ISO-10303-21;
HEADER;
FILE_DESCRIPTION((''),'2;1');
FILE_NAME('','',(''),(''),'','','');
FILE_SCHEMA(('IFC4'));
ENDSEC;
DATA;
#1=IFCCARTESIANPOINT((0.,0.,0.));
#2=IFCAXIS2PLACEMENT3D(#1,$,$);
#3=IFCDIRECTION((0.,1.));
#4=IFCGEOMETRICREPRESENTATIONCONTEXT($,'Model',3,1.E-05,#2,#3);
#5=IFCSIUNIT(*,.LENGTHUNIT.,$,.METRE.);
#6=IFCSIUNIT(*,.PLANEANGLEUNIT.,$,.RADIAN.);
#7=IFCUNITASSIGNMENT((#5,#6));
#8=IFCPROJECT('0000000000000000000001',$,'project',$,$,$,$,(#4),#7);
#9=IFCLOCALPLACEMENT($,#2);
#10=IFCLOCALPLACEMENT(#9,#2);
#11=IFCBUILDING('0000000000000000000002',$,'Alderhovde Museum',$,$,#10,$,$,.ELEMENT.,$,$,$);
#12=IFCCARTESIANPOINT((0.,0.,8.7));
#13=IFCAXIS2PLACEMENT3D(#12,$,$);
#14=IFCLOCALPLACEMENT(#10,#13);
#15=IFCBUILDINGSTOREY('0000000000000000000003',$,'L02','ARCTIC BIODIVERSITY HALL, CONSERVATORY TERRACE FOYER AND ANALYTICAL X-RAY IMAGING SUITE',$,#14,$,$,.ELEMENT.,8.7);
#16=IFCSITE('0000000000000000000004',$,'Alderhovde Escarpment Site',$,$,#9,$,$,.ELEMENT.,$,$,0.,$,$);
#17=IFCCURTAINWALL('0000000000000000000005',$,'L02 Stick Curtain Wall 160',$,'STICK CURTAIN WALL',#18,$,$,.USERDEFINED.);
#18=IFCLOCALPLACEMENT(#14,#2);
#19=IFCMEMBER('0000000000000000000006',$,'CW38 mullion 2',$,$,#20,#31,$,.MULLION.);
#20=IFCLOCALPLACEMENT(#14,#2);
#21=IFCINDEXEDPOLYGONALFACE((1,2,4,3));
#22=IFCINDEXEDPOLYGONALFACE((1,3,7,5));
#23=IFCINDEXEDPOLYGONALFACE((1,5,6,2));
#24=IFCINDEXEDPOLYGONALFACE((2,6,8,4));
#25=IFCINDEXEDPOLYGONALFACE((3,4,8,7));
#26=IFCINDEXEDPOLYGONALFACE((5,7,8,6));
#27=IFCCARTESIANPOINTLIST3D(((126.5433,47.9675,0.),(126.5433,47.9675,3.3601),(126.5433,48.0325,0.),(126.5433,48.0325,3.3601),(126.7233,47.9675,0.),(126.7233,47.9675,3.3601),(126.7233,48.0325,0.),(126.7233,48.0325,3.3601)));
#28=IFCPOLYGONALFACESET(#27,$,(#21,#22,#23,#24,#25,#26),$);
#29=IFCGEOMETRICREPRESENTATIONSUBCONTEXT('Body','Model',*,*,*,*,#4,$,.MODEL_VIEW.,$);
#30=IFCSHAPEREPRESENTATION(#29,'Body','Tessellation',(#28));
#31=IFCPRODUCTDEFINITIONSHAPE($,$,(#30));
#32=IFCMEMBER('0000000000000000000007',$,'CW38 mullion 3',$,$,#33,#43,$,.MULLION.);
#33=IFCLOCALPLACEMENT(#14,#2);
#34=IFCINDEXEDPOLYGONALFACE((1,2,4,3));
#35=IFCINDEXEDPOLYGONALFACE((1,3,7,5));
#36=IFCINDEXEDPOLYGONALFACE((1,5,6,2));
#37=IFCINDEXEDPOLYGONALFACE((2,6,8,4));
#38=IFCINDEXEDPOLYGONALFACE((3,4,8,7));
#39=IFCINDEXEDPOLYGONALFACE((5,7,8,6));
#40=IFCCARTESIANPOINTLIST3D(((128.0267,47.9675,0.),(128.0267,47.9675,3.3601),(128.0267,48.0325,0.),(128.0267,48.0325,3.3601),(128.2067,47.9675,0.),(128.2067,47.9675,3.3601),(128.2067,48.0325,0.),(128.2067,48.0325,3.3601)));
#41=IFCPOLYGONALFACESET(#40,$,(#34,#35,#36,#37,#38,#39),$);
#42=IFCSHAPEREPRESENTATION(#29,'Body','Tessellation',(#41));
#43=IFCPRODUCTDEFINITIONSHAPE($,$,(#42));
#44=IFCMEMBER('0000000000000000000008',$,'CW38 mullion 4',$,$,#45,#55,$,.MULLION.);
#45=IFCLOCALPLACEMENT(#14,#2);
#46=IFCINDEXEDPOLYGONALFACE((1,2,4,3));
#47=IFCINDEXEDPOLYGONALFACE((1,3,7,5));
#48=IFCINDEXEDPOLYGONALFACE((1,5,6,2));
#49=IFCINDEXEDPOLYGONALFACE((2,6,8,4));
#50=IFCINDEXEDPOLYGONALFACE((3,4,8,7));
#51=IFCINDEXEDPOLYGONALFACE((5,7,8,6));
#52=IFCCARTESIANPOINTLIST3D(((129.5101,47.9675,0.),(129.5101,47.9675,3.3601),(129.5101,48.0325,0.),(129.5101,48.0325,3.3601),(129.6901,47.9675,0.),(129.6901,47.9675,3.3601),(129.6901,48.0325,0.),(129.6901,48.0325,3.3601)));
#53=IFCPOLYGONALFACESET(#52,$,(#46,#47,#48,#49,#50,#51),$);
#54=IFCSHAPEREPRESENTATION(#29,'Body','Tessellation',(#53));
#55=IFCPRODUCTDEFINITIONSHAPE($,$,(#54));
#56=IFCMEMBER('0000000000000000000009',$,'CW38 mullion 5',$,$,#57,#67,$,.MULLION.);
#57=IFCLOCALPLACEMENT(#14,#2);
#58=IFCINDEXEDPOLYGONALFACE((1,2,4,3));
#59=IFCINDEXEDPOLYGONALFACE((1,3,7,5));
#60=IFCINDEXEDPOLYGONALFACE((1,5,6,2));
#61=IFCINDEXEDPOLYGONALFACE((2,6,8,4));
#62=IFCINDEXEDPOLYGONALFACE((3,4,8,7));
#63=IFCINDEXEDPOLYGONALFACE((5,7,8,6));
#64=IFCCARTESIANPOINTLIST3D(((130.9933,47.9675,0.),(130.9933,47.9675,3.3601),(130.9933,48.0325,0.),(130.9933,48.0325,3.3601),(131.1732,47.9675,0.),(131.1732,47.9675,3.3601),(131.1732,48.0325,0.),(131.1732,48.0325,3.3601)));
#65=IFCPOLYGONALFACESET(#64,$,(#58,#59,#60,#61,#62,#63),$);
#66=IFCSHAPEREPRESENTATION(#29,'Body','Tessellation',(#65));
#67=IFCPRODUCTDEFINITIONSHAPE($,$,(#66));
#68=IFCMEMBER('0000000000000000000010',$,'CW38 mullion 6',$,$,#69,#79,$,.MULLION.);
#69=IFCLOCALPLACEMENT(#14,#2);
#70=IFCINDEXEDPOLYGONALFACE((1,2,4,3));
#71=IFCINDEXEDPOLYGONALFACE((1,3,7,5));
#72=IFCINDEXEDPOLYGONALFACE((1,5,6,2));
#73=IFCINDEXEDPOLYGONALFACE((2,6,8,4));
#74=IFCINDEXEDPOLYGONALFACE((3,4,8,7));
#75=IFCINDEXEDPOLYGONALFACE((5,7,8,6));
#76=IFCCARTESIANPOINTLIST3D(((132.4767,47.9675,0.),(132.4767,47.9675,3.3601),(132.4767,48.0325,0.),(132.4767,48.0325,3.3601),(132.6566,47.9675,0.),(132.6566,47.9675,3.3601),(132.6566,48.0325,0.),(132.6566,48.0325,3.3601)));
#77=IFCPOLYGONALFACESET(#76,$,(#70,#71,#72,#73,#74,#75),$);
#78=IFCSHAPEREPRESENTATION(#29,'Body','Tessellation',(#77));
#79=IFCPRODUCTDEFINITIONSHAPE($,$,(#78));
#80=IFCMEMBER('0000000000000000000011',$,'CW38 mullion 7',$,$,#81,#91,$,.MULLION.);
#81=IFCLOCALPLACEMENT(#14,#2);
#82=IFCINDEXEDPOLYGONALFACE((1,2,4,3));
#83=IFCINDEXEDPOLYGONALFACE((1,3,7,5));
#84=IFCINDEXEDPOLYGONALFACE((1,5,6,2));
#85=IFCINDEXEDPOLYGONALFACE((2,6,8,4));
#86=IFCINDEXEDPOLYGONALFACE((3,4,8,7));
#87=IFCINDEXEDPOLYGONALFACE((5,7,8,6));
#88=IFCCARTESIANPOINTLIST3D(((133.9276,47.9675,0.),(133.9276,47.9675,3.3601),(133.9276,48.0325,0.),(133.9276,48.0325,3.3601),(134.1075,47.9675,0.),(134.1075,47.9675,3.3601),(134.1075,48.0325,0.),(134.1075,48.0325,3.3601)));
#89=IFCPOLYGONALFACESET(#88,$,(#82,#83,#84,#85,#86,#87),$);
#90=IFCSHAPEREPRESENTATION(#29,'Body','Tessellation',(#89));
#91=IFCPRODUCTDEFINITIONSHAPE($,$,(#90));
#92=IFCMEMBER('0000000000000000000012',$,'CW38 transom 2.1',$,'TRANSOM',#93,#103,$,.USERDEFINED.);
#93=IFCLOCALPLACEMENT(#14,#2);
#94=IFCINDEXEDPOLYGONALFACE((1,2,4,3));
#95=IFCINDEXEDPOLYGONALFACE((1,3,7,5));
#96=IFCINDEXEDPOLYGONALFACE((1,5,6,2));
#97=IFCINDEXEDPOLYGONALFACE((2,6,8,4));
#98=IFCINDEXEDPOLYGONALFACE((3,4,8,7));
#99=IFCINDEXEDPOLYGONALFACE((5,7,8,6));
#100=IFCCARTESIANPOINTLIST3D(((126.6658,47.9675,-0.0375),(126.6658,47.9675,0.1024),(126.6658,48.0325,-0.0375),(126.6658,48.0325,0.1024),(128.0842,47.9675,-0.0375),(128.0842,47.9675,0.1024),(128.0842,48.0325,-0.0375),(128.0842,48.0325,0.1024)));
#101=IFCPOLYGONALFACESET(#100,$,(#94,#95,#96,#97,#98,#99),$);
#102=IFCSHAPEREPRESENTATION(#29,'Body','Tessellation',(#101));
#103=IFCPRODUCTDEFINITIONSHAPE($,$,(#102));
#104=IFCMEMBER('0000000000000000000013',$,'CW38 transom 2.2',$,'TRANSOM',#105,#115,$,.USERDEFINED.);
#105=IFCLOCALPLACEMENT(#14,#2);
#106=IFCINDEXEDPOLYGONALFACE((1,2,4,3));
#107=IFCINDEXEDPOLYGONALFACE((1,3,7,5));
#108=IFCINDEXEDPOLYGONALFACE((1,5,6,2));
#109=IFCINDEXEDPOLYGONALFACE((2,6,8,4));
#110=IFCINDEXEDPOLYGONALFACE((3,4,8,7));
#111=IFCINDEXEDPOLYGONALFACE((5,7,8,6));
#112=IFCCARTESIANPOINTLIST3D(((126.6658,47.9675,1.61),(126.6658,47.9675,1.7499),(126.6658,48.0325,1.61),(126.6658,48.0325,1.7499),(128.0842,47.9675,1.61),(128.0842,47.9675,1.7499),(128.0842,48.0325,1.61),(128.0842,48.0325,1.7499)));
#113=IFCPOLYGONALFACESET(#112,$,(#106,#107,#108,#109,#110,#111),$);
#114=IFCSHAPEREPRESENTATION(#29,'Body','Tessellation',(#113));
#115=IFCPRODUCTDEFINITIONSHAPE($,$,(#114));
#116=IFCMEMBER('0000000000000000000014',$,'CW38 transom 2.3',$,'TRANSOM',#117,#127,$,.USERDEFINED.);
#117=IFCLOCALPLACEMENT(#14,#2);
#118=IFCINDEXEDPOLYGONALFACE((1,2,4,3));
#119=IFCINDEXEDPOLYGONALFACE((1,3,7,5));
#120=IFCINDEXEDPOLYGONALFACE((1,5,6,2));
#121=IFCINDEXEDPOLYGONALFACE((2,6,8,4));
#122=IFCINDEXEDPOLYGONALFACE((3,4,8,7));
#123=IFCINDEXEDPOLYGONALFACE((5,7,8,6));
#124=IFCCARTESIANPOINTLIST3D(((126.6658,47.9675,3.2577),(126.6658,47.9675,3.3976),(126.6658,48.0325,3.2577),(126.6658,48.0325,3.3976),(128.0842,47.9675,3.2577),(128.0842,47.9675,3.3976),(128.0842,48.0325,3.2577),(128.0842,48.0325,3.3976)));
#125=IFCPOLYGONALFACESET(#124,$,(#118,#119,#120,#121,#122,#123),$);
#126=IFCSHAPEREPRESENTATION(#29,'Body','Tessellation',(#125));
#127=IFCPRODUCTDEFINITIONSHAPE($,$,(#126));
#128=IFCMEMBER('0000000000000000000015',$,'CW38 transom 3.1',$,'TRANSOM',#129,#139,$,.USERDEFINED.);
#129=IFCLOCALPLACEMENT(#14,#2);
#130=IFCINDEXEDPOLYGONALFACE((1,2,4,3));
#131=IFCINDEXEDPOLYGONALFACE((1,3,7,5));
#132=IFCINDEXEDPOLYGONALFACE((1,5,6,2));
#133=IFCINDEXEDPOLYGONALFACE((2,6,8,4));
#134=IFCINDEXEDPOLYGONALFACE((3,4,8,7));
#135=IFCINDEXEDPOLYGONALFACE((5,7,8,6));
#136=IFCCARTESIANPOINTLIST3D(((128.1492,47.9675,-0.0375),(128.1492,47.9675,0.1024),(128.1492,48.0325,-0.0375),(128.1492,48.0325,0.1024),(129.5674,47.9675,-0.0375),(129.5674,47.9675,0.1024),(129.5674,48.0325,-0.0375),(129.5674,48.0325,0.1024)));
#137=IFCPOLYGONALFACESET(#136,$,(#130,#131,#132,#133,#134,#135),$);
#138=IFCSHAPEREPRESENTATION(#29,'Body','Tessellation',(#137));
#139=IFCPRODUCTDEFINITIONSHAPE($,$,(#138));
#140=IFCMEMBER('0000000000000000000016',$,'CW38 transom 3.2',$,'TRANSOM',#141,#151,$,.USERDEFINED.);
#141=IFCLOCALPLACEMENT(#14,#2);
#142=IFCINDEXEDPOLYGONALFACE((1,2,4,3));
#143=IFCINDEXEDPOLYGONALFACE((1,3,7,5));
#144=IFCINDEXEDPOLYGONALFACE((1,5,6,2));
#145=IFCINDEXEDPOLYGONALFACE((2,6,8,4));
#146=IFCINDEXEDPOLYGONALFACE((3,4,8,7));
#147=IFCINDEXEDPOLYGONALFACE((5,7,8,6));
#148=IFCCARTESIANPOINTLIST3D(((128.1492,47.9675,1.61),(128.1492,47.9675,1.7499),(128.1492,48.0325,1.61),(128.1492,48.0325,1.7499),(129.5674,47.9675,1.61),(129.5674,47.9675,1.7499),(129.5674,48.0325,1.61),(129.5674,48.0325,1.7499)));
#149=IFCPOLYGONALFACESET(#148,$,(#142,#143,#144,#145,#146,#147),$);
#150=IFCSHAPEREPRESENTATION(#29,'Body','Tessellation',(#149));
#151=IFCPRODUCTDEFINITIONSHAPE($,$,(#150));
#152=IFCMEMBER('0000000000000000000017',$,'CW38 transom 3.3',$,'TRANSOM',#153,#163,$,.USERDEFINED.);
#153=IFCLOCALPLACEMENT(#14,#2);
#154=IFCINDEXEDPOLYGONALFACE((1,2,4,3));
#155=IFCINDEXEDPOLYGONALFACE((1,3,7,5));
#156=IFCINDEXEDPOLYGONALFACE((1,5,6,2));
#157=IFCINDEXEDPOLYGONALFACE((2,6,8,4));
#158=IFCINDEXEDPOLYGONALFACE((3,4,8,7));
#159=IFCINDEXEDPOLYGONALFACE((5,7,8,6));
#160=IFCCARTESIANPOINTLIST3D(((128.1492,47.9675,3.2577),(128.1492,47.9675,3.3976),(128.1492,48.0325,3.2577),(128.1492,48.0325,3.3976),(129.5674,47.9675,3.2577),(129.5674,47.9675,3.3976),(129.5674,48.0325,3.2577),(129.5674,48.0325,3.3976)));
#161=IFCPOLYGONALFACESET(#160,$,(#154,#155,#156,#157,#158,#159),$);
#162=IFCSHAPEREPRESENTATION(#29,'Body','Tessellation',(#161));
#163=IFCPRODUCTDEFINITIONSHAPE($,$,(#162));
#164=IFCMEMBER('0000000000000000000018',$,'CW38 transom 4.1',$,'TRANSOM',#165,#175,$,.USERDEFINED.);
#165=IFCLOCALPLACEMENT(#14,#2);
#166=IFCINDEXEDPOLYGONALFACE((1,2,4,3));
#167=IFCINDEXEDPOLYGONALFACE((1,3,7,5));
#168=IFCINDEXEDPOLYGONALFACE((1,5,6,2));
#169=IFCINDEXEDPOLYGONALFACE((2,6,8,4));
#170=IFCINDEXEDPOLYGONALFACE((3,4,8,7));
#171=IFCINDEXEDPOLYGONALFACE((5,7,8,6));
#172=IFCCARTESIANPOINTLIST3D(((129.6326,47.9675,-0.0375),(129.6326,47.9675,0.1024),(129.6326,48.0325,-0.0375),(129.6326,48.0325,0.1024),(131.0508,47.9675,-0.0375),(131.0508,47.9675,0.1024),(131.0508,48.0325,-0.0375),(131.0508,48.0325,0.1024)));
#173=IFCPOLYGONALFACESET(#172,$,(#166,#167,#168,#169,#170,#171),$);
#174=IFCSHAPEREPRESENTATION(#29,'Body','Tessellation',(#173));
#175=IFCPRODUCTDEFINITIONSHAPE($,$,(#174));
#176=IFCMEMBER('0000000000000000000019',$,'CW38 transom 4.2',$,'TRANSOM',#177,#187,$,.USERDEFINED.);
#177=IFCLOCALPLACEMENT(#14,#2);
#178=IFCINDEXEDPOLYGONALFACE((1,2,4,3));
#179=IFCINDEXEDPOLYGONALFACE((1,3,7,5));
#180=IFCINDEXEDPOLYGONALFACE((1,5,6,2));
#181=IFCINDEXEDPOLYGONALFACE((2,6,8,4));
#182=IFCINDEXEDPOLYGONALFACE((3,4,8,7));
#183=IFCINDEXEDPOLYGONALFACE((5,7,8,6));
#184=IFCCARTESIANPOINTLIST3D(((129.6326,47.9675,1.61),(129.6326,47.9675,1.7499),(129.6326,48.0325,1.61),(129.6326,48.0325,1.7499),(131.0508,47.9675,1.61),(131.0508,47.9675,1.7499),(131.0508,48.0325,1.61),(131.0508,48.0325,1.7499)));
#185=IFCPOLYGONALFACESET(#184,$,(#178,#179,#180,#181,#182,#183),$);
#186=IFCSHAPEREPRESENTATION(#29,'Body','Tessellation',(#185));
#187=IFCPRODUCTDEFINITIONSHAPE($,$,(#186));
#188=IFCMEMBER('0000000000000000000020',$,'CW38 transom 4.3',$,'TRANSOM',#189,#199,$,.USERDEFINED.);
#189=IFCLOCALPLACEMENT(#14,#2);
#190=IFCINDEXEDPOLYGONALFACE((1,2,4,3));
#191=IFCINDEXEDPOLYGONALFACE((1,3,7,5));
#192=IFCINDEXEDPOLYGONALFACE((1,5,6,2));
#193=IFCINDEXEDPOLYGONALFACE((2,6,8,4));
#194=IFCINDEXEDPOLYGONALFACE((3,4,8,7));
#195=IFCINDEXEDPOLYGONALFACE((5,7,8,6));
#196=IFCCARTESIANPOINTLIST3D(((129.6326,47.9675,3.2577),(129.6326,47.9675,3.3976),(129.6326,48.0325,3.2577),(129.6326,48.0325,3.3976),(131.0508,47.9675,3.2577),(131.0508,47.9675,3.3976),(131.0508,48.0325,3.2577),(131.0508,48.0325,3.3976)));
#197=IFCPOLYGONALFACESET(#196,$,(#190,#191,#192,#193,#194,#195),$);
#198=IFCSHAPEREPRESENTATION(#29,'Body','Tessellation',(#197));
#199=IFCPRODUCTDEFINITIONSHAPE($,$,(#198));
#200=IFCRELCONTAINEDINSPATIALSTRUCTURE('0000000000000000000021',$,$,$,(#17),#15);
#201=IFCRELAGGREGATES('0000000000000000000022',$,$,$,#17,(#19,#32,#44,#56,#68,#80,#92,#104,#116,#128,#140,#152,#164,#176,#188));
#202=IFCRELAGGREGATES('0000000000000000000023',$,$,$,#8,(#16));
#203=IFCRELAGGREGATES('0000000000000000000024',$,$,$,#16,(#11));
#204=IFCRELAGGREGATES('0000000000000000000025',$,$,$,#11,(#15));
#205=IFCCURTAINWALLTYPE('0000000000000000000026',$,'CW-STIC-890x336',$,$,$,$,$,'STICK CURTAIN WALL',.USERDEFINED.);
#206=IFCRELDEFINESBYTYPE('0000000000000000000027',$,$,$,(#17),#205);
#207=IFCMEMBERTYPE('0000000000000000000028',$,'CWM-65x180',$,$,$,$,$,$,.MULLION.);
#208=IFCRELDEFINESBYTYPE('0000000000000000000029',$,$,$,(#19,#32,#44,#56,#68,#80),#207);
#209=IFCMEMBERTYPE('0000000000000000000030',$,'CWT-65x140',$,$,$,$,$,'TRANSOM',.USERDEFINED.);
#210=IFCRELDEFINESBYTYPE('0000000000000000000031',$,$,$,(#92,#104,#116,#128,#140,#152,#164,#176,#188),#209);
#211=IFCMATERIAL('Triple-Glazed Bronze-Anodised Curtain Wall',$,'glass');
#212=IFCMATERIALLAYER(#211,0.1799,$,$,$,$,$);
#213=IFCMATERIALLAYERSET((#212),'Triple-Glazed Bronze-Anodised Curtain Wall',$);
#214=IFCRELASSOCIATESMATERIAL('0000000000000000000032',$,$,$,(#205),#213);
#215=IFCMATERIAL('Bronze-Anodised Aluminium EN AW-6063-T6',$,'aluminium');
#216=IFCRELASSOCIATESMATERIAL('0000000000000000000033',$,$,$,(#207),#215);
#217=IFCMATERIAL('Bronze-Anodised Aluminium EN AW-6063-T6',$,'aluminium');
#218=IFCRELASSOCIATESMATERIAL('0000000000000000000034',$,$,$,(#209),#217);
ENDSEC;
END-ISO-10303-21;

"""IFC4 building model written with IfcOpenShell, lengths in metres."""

from ifc_helpers import new_model, si_unit, direction, frame, origin, origin_2d, place, context, subcontext, project, spatial, rectangle, extrude, material, layer, layer_set, material_profile, profile_set, type_object, element, aggregate, save


model = new_model("IFC4")

# Units and contexts
model_context = context("Model", 3, precision=1e-05, world=origin(), true_north=direction((0.0, 1.0)))
body_context = subcontext(model_context, "Body", "Model", "MODEL_VIEW")
ifc_project = project(units=[si_unit("LENGTHUNIT", "METRE"), si_unit("PLANEANGLEUNIT", "RADIAN")], contexts=[model_context])

# Site, building, storey
site_placement = place(None, origin())
site = spatial("IfcSite", under=ifc_project, at=site_placement, Name="Alderhovde Escarpment Site", CompositionType="ELEMENT", RefElevation=0.0)
building_placement = place(site_placement, origin())
building = spatial("IfcBuilding", under=site, at=building_placement, Name="Alderhovde Museum", CompositionType="ELEMENT")
storey_placement = place(building_placement, frame((0.0, 0.0, 8.7)))
storey = spatial("IfcBuildingStorey", under=building, at=storey_placement, Name="L02", Description="ARCTIC BIODIVERSITY HALL, CONSERVATORY TERRACE FOYER AND ANALYTICAL X-RAY IMAGING SUITE", CompositionType="ELEMENT", Elevation=8.7)

# Curtain wall, members
ifc_material_1 = material(Name="Triple-Glazed Bronze-Anodised Curtain Wall", Category="glass")
ifc_layer_1 = layer(ifc_material_1, 0.1799)
ifc_layer_set_1 = layer_set([ifc_layer_1], Name="Triple-Glazed Bronze-Anodised Curtain Wall")
curtain_wall_type = type_object("IfcCurtainWallType", Name="CW-STIC-890x336", ElementType="STICK CURTAIN WALL", PredefinedType="USERDEFINED", material=ifc_layer_set_1)
curtain_wall_placement = place(storey_placement, origin())
curtain_wall = element("IfcCurtainWall", 1, at=curtain_wall_placement, inside=storey, type_object=curtain_wall_type, Name="L02 Stick Curtain Wall 160", ObjectType="STICK CURTAIN WALL", PredefinedType="USERDEFINED")
ifc_material_2 = material(Name="Bronze-Anodised Aluminium EN AW-6063-T6", Category="aluminium")
ifc_material_profile_1 = material_profile(ifc_material_2, rectangle(XDim=0.0649, YDim=0.1799, at=origin_2d()), Name="MULLION 65x180")
ifc_profile_set_1 = profile_set([ifc_material_profile_1], Name="Bronze-Anodised Aluminium EN AW-6063-T6")
member_type_1 = type_object("IfcMemberType", Name="CWM-65x180", PredefinedType="MULLION", material=ifc_profile_set_1)
member_1_placement = place(storey_placement, frame((126.6333, 48.0, 0.0), z_axis=(0.0, 0.0, 1.0), x_axis=(0.0, 1.0, 0.0)))
member_1 = element("IfcMember", 2, at=member_1_placement, type_object=member_type_1, Name="CW38 mullion 2", PredefinedType="MULLION", context=body_context, shape_type="SweptSolid", body=[
    extrude(rectangle(XDim=0.0649, YDim=0.1799, at=origin_2d()), origin(), (0.0, 0.0, 1.0), 3.3601),
])
member_2_placement = place(storey_placement, frame((128.1167, 48.0, 0.0), z_axis=(0.0, 0.0, 1.0), x_axis=(0.0, 1.0, 0.0)))
member_2 = element("IfcMember", 3, at=member_2_placement, type_object=member_type_1, Name="CW38 mullion 3", PredefinedType="MULLION", context=body_context, shape_type="SweptSolid", body=[
    extrude(rectangle(XDim=0.0649, YDim=0.1799, at=origin_2d()), origin(), (0.0, 0.0, 1.0), 3.3601),
])
member_3_placement = place(storey_placement, frame((129.6001, 48.0, 0.0), z_axis=(0.0, 0.0, 1.0), x_axis=(0.0, 1.0, 0.0)))
member_3 = element("IfcMember", 4, at=member_3_placement, type_object=member_type_1, Name="CW38 mullion 4", PredefinedType="MULLION", context=body_context, shape_type="SweptSolid", body=[
    extrude(rectangle(XDim=0.0649, YDim=0.1799, at=origin_2d()), origin(), (0.0, 0.0, 1.0), 3.3601),
])
member_4_placement = place(storey_placement, frame((131.0833, 48.0, 0.0), z_axis=(0.0, 0.0, 1.0), x_axis=(0.0, 1.0, 0.0)))
member_4 = element("IfcMember", 5, at=member_4_placement, type_object=member_type_1, Name="CW38 mullion 5", PredefinedType="MULLION", context=body_context, shape_type="SweptSolid", body=[
    extrude(rectangle(XDim=0.0649, YDim=0.1799, at=origin_2d()), origin(), (0.0, 0.0, 1.0), 3.3601),
])
member_5_placement = place(storey_placement, frame((132.5667, 48.0, 0.0), z_axis=(0.0, 0.0, 1.0), x_axis=(0.0, 1.0, 0.0)))
member_5 = element("IfcMember", 6, at=member_5_placement, type_object=member_type_1, Name="CW38 mullion 6", PredefinedType="MULLION", context=body_context, shape_type="SweptSolid", body=[
    extrude(rectangle(XDim=0.0649, YDim=0.1799, at=origin_2d()), origin(), (0.0, 0.0, 1.0), 3.3601),
])
member_6_placement = place(storey_placement, frame((134.0176, 48.0, 0.0), z_axis=(0.0, 0.0, 1.0), x_axis=(0.0, 1.0, 0.0)))
member_6 = element("IfcMember", 7, at=member_6_placement, type_object=member_type_1, Name="CW38 mullion 7", PredefinedType="MULLION", context=body_context, shape_type="SweptSolid", body=[
    extrude(rectangle(XDim=0.0649, YDim=0.1799, at=origin_2d()), origin(), (0.0, 0.0, 1.0), 3.3601),
])
ifc_material_3 = material(Name="Bronze-Anodised Aluminium EN AW-6063-T6", Category="aluminium")
ifc_material_profile_2 = material_profile(ifc_material_3, rectangle(XDim=0.0649, YDim=0.1399, at=origin_2d()), Name="TRANSOM 65x140")
ifc_profile_set_2 = profile_set([ifc_material_profile_2], Name="Bronze-Anodised Aluminium EN AW-6063-T6")
member_type_2 = type_object("IfcMemberType", Name="CWT-65x140", ElementType="TRANSOM", PredefinedType="USERDEFINED", material=ifc_profile_set_2)
member_7_placement = place(storey_placement, frame((126.6658, 48.0, 0.0325), z_axis=(1.0, 0.0, 0.0), x_axis=(0.0, 1.0, 0.0)))
member_7 = element("IfcMember", 8, at=member_7_placement, type_object=member_type_2, Name="CW38 transom 2.1", ObjectType="TRANSOM", PredefinedType="USERDEFINED", context=body_context, shape_type="SweptSolid", body=[
    extrude(rectangle(XDim=0.0649, YDim=0.1399, at=origin_2d()), origin(), (0.0, 0.0, 1.0), 1.4185),
])
member_8_placement = place(storey_placement, frame((126.6658, 48.0, 1.6799), z_axis=(1.0, 0.0, 0.0), x_axis=(0.0, 1.0, 0.0)))
member_8 = element("IfcMember", 9, at=member_8_placement, type_object=member_type_2, Name="CW38 transom 2.2", ObjectType="TRANSOM", PredefinedType="USERDEFINED", context=body_context, shape_type="SweptSolid", body=[
    extrude(rectangle(XDim=0.0649, YDim=0.1399, at=origin_2d()), origin(), (0.0, 0.0, 1.0), 1.4185),
])
member_9_placement = place(storey_placement, frame((126.6658, 48.0, 3.3276), z_axis=(1.0, 0.0, 0.0), x_axis=(0.0, 1.0, 0.0)))
member_9 = element("IfcMember", 10, at=member_9_placement, type_object=member_type_2, Name="CW38 transom 2.3", ObjectType="TRANSOM", PredefinedType="USERDEFINED", context=body_context, shape_type="SweptSolid", body=[
    extrude(rectangle(XDim=0.0649, YDim=0.1399, at=origin_2d()), origin(), (0.0, 0.0, 1.0), 1.4185),
])
member_10_placement = place(storey_placement, frame((128.1492, 48.0, 0.0325), z_axis=(1.0, 0.0, 0.0), x_axis=(0.0, 1.0, 0.0)))
member_10 = element("IfcMember", 11, at=member_10_placement, type_object=member_type_2, Name="CW38 transom 3.1", ObjectType="TRANSOM", PredefinedType="USERDEFINED", context=body_context, shape_type="SweptSolid", body=[
    extrude(rectangle(XDim=0.0649, YDim=0.1399, at=origin_2d()), origin(), (0.0, 0.0, 1.0), 1.4182),
])
member_11_placement = place(storey_placement, frame((128.1492, 48.0, 1.6799), z_axis=(1.0, 0.0, 0.0), x_axis=(0.0, 1.0, 0.0)))
member_11 = element("IfcMember", 12, at=member_11_placement, type_object=member_type_2, Name="CW38 transom 3.2", ObjectType="TRANSOM", PredefinedType="USERDEFINED", context=body_context, shape_type="SweptSolid", body=[
    extrude(rectangle(XDim=0.0649, YDim=0.1399, at=origin_2d()), origin(), (0.0, 0.0, 1.0), 1.4182),
])
member_12_placement = place(storey_placement, frame((128.1492, 48.0, 3.3276), z_axis=(1.0, 0.0, 0.0), x_axis=(0.0, 1.0, 0.0)))
member_12 = element("IfcMember", 13, at=member_12_placement, type_object=member_type_2, Name="CW38 transom 3.3", ObjectType="TRANSOM", PredefinedType="USERDEFINED", context=body_context, shape_type="SweptSolid", body=[
    extrude(rectangle(XDim=0.0649, YDim=0.1399, at=origin_2d()), origin(), (0.0, 0.0, 1.0), 1.4182),
])
member_13_placement = place(storey_placement, frame((129.6326, 48.0, 0.0325), z_axis=(1.0, 0.0, 0.0), x_axis=(0.0, 1.0, 0.0)))
member_13 = element("IfcMember", 14, at=member_13_placement, type_object=member_type_2, Name="CW38 transom 4.1", ObjectType="TRANSOM", PredefinedType="USERDEFINED", context=body_context, shape_type="SweptSolid", body=[
    extrude(rectangle(XDim=0.0649, YDim=0.1399, at=origin_2d()), origin(), (0.0, 0.0, 1.0), 1.4182),
])
member_14_placement = place(storey_placement, frame((129.6326, 48.0, 1.6799), z_axis=(1.0, 0.0, 0.0), x_axis=(0.0, 1.0, 0.0)))
member_14 = element("IfcMember", 15, at=member_14_placement, type_object=member_type_2, Name="CW38 transom 4.2", ObjectType="TRANSOM", PredefinedType="USERDEFINED", context=body_context, shape_type="SweptSolid", body=[
    extrude(rectangle(XDim=0.0649, YDim=0.1399, at=origin_2d()), origin(), (0.0, 0.0, 1.0), 1.4182),
])
member_15_placement = place(storey_placement, frame((129.6326, 48.0, 3.3276), z_axis=(1.0, 0.0, 0.0), x_axis=(0.0, 1.0, 0.0)))
member_15 = element("IfcMember", 16, at=member_15_placement, type_object=member_type_2, Name="CW38 transom 4.3", ObjectType="TRANSOM", PredefinedType="USERDEFINED", context=body_context, shape_type="SweptSolid", body=[
    extrude(rectangle(XDim=0.0649, YDim=0.1399, at=origin_2d()), origin(), (0.0, 0.0, 1.0), 1.4182),
])
aggregate(curtain_wall, [member_1, member_2, member_3, member_4, member_5, member_6, member_7, member_8, member_9, member_10, member_11, member_12, member_13, member_14, member_15])

save(model, "model.ifc")
